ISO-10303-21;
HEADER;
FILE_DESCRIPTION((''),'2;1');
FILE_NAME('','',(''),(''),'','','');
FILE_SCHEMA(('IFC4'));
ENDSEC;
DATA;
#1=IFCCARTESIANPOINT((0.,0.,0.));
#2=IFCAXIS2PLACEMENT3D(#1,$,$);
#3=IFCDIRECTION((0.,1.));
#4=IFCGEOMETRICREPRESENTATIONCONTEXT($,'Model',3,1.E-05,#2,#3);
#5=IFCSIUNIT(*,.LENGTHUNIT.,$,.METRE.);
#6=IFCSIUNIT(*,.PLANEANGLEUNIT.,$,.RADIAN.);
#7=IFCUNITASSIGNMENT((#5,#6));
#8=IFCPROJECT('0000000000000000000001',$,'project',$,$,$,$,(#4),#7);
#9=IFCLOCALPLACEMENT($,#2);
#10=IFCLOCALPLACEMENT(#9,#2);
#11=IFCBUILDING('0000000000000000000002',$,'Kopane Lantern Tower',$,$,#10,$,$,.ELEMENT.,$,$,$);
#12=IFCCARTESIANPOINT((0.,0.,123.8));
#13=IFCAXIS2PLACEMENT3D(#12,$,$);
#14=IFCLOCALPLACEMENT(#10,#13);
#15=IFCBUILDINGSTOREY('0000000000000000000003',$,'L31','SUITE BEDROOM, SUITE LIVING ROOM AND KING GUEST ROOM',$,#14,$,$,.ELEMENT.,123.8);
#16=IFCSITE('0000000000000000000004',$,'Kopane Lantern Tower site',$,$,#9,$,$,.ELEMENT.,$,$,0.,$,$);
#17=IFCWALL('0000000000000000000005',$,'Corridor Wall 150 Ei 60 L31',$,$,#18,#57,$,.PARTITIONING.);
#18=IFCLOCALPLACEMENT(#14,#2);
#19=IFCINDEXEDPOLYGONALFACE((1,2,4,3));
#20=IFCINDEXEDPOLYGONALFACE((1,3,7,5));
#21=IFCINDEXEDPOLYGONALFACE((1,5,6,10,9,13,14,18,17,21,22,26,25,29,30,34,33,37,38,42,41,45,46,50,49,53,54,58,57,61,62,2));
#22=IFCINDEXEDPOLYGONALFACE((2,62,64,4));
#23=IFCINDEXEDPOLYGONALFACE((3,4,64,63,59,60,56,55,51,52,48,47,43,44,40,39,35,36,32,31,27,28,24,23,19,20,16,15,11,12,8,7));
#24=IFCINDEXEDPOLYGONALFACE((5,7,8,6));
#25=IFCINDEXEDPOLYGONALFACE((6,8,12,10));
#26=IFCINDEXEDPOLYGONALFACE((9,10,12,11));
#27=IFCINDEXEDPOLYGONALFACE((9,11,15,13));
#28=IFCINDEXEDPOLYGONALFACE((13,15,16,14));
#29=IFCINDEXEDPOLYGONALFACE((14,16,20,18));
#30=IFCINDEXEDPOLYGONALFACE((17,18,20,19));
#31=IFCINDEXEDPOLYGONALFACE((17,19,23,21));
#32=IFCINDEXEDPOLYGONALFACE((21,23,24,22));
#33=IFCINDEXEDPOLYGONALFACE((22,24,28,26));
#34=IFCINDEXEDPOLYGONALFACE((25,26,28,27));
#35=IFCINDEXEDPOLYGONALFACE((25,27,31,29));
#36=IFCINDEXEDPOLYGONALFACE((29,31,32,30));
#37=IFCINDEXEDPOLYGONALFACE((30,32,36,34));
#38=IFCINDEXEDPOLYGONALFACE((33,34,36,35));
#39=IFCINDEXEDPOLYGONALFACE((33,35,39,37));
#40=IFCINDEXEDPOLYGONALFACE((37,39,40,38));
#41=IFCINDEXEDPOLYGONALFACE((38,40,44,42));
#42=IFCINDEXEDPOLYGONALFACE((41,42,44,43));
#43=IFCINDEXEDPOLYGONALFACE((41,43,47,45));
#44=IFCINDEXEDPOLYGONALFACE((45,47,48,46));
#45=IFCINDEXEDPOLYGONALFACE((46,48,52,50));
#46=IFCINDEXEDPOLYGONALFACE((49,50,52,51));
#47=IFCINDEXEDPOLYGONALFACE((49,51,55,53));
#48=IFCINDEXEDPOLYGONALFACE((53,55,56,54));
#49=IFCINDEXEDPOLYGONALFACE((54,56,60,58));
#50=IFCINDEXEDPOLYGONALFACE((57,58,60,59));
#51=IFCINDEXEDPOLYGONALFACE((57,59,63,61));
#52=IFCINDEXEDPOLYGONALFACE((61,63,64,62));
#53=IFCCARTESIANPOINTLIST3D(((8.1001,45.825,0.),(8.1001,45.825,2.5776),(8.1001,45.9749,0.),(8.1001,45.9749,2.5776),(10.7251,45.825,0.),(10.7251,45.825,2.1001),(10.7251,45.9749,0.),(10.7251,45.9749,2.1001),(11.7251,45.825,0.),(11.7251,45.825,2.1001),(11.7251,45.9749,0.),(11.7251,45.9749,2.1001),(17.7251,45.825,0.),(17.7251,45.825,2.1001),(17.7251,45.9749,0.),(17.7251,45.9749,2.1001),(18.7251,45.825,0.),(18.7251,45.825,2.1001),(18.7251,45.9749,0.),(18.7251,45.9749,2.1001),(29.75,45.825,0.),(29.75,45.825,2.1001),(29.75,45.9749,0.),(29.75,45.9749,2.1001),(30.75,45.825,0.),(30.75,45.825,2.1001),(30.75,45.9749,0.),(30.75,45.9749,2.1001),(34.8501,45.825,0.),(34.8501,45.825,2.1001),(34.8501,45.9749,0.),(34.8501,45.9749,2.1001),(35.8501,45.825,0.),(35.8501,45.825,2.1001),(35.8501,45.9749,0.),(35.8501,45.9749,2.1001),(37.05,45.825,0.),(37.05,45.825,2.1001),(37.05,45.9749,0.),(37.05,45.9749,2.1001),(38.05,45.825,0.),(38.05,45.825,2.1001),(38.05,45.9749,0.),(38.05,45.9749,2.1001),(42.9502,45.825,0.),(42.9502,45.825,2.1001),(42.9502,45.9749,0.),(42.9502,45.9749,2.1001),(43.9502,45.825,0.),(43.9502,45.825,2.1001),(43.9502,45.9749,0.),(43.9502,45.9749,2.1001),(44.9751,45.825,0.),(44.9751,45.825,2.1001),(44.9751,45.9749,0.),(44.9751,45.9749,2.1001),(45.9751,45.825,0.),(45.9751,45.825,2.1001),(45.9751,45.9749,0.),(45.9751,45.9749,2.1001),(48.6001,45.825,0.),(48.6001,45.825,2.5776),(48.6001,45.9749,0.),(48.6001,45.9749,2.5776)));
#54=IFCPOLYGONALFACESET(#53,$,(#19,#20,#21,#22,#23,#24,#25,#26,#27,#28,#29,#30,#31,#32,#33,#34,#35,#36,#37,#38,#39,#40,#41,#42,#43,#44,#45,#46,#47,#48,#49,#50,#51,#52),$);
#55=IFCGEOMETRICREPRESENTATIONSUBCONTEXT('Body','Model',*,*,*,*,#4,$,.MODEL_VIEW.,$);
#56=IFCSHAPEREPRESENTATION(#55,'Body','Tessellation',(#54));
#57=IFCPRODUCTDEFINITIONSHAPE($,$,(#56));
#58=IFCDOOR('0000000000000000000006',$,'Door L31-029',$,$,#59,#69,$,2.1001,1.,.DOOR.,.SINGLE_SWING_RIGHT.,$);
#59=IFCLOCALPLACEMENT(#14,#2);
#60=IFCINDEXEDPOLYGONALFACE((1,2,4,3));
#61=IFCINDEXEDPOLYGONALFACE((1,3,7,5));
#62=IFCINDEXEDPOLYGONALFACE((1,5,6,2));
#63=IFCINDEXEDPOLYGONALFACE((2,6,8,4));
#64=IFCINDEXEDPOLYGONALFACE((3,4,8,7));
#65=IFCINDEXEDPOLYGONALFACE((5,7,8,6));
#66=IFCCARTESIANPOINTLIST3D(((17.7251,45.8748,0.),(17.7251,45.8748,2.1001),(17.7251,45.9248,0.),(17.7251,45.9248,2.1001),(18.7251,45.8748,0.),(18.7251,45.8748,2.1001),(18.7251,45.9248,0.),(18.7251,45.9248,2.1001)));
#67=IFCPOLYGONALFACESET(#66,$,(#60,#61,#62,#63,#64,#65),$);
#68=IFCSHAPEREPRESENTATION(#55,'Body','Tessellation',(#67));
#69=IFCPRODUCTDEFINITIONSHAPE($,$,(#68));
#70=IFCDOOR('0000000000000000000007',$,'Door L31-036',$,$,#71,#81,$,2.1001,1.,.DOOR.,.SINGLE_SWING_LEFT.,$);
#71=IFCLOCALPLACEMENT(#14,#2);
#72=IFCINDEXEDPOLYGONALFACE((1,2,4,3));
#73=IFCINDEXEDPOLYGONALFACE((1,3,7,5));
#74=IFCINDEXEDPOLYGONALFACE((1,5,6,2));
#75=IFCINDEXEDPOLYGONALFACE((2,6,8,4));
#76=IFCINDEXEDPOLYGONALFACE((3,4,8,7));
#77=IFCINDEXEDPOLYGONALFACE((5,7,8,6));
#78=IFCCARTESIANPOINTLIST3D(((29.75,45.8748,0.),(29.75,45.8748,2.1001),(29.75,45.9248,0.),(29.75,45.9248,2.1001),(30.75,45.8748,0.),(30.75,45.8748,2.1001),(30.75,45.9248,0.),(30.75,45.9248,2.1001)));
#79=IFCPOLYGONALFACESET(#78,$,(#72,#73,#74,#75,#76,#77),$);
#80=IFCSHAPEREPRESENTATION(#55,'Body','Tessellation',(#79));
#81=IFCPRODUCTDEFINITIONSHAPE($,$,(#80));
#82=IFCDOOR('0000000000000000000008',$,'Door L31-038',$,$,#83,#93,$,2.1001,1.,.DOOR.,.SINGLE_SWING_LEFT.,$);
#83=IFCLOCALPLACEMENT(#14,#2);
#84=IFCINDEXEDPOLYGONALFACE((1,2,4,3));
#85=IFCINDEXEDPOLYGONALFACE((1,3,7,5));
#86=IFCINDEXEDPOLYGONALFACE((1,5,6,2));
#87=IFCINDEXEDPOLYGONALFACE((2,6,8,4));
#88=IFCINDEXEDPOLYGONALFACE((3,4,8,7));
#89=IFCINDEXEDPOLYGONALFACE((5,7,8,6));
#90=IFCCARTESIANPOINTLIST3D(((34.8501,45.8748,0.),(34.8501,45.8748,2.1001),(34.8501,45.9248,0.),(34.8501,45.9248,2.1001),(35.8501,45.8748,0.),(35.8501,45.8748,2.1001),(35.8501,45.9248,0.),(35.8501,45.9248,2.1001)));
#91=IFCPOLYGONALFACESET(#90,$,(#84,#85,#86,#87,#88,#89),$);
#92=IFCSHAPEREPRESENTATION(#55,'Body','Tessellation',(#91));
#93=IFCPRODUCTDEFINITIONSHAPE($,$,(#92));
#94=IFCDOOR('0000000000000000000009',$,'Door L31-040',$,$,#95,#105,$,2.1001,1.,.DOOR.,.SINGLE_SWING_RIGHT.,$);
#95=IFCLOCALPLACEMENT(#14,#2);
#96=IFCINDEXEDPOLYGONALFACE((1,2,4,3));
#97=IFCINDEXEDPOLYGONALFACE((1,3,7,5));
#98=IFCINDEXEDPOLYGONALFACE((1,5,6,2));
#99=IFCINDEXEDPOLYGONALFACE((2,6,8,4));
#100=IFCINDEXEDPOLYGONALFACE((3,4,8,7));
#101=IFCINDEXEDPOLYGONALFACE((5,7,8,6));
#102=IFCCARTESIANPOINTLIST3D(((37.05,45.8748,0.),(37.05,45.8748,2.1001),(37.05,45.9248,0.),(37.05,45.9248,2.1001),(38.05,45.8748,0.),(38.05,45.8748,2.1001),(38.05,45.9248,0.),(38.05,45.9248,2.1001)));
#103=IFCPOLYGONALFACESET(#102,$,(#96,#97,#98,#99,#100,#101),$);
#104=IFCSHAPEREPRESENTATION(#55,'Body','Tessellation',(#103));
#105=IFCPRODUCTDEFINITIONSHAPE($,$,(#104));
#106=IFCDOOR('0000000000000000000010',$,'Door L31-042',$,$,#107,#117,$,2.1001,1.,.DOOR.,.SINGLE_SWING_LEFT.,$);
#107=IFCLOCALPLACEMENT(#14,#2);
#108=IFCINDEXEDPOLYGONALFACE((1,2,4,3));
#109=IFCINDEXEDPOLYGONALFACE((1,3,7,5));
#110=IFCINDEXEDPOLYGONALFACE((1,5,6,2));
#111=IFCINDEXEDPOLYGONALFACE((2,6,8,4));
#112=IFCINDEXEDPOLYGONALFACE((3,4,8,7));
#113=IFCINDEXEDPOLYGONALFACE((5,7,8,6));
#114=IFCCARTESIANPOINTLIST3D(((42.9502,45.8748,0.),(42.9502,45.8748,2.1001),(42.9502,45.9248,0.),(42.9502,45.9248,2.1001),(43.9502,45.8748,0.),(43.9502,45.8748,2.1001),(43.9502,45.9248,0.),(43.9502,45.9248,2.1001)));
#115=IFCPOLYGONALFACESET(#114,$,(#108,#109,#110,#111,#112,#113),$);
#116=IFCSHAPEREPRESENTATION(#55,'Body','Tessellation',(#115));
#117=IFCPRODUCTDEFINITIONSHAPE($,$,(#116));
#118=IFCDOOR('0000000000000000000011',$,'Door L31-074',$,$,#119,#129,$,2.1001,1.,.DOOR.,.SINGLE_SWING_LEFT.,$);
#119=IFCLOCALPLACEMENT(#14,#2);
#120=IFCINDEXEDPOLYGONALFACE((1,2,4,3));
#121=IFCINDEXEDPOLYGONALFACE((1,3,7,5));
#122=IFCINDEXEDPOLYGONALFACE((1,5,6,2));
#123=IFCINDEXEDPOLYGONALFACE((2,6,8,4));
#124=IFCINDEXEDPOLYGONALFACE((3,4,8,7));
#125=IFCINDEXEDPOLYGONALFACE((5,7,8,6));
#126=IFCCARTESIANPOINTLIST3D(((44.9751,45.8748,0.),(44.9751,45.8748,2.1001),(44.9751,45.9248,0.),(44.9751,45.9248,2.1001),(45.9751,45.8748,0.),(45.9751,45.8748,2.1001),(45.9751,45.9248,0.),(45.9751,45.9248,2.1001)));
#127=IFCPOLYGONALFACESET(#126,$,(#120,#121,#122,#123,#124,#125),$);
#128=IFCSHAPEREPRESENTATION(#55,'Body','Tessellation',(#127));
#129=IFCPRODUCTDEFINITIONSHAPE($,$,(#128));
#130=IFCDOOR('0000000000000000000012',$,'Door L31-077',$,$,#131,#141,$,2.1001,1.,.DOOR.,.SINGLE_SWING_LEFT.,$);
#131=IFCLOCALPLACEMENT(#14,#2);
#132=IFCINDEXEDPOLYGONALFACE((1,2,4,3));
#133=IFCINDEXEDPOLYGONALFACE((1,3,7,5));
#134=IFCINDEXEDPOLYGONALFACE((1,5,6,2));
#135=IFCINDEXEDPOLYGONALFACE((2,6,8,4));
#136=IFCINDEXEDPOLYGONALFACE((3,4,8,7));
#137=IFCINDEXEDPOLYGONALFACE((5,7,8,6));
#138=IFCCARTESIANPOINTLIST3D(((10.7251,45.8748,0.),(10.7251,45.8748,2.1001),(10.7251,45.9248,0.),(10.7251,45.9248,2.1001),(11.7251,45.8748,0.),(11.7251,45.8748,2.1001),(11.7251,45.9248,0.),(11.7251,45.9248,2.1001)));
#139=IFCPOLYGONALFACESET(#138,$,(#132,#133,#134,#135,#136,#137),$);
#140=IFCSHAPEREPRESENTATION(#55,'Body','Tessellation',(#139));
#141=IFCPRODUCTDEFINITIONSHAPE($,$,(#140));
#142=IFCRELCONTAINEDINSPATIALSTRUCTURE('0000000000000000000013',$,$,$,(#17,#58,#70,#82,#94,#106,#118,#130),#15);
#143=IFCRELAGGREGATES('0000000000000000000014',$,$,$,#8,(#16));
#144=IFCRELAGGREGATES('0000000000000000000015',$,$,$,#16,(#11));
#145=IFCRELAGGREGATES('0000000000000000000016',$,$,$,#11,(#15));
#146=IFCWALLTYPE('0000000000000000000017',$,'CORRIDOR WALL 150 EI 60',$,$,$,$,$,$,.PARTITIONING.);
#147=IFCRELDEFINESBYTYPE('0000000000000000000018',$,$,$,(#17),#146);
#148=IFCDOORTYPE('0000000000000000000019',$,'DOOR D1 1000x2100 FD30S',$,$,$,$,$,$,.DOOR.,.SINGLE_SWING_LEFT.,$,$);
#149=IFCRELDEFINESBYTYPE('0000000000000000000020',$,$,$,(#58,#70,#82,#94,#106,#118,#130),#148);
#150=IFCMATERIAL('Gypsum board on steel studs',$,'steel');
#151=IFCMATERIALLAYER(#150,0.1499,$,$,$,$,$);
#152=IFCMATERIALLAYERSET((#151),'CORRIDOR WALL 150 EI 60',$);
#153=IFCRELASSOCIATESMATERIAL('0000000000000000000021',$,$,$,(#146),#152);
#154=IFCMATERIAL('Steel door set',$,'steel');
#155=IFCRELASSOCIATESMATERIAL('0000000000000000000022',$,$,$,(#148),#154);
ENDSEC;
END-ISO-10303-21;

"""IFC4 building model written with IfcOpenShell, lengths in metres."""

from ifc_helpers import new_model, si_unit, direction, frame, frame_2d, origin, place, context, subcontext, project, spatial, rectangle, extrude, material, layer, layer_set, type_object, element, fill, save


model = new_model("IFC4")

# Units and contexts
model_context = context("Model", 3, precision=1e-05, world=origin(), true_north=direction((0.0, 1.0)))
body_context = subcontext(model_context, "Body", "Model", "MODEL_VIEW")
ifc_project = project(units=[si_unit("LENGTHUNIT", "METRE"), si_unit("PLANEANGLEUNIT", "RADIAN")], contexts=[model_context])

# Site, building, storey
site_placement = place(None, origin())
site = spatial("IfcSite", under=ifc_project, at=site_placement, Name="Kopane Lantern Tower site", CompositionType="ELEMENT", RefElevation=0.0)
building_placement = place(site_placement, origin())
building = spatial("IfcBuilding", under=site, at=building_placement, Name="Kopane Lantern Tower", CompositionType="ELEMENT")
storey_placement = place(building_placement, frame((0.0, 0.0, 123.8)))
storey = spatial("IfcBuildingStorey", under=building, at=storey_placement, Name="L31", Description="SUITE BEDROOM, SUITE LIVING ROOM AND KING GUEST ROOM", CompositionType="ELEMENT", Elevation=123.8)

# Wall, openings, doors
ifc_material_1 = material(Name="Gypsum board on steel studs", Category="steel")
ifc_layer_1 = layer(ifc_material_1, 0.1499)
ifc_layer_set_1 = layer_set([ifc_layer_1], Name="CORRIDOR WALL 150 EI 60")
wall_type_1 = type_object("IfcWallType", Name="CORRIDOR WALL 150 EI 60", PredefinedType="PARTITIONING", material=ifc_layer_set_1)
wall_1_placement = place(storey_placement, frame((8.1001, 45.8999, 0.0), z_axis=(0.0, 0.0, 1.0), x_axis=(1.0, 0.0, 0.0)))
wall_1 = element("IfcWall", 1, at=wall_1_placement, inside=storey, type_object=wall_type_1, Name="Corridor Wall 150 Ei 60 L31", PredefinedType="PARTITIONING", context=body_context, shape_type="SweptSolid", body=[
    extrude(rectangle(XDim=40.5, YDim=0.1499, at=frame_2d((20.25, 0.0))), origin(), (0.0, 0.0, 1.0), 2.5776),
])
opening_1_placement = place(wall_1_placement, frame((9.625, 0.0, 0.0)))
opening_1 = element("IfcOpeningElement", 2, at=opening_1_placement, cuts=wall_1, PredefinedType="OPENING", context=body_context, shape_type="SweptSolid", body=[
    extrude(rectangle(XDim=1.0, YDim=2.1001, at=frame_2d((0.5, 1.05))), frame((0.0, 0.085, 0.0), z_axis=(0.0, -1.0, 0.0), x_axis=(1.0, 0.0, 0.0)), (0.0, 0.0, 1.0), 0.1699),
])
opening_2_placement = place(wall_1_placement, frame((21.6499, 0.0, 0.0)))
opening_2 = element("IfcOpeningElement", 3, at=opening_2_placement, cuts=wall_1, PredefinedType="OPENING", context=body_context, shape_type="SweptSolid", body=[
    extrude(rectangle(XDim=1.0, YDim=2.1001, at=frame_2d((0.5, 1.05))), frame((0.0, 0.085, 0.0), z_axis=(0.0, -1.0, 0.0), x_axis=(1.0, 0.0, 0.0)), (0.0, 0.0, 1.0), 0.1699),
])
opening_3_placement = place(wall_1_placement, frame((26.75, 0.0, 0.0)))
opening_3 = element("IfcOpeningElement", 4, at=opening_3_placement, cuts=wall_1, PredefinedType="OPENING", context=body_context, shape_type="SweptSolid", body=[
    extrude(rectangle(XDim=1.0, YDim=2.1001, at=frame_2d((0.5, 1.05))), frame((0.0, 0.085, 0.0), z_axis=(0.0, -1.0, 0.0), x_axis=(1.0, 0.0, 0.0)), (0.0, 0.0, 1.0), 0.1699),
])
opening_4_placement = place(wall_1_placement, frame((28.95, 0.0, 0.0)))
opening_4 = element("IfcOpeningElement", 5, at=opening_4_placement, cuts=wall_1, PredefinedType="OPENING", context=body_context, shape_type="SweptSolid", body=[
    extrude(rectangle(XDim=1.0, YDim=2.1001, at=frame_2d((0.5, 1.05))), frame((0.0, 0.085, 0.0), z_axis=(0.0, -1.0, 0.0), x_axis=(1.0, 0.0, 0.0)), (0.0, 0.0, 1.0), 0.1699),
])
opening_5_placement = place(wall_1_placement, frame((34.8501, 0.0, 0.0)))
opening_5 = element("IfcOpeningElement", 6, at=opening_5_placement, cuts=wall_1, PredefinedType="OPENING", context=body_context, shape_type="SweptSolid", body=[
    extrude(rectangle(XDim=1.0, YDim=2.1001, at=frame_2d((0.5, 1.05))), frame((0.0, 0.085, 0.0), z_axis=(0.0, -1.0, 0.0), x_axis=(1.0, 0.0, 0.0)), (0.0, 0.0, 1.0), 0.1699),
])
opening_6_placement = place(wall_1_placement, frame((36.875, 0.0, 0.0)))
opening_6 = element("IfcOpeningElement", 7, at=opening_6_placement, cuts=wall_1, PredefinedType="OPENING", context=body_context, shape_type="SweptSolid", body=[
    extrude(rectangle(XDim=1.0, YDim=2.1001, at=frame_2d((0.5, 1.05))), frame((0.0, 0.085, 0.0), z_axis=(0.0, -1.0, 0.0), x_axis=(1.0, 0.0, 0.0)), (0.0, 0.0, 1.0), 0.1699),
])
opening_7_placement = place(wall_1_placement, frame((2.625, 0.0, 0.0)))
opening_7 = element("IfcOpeningElement", 8, at=opening_7_placement, cuts=wall_1, PredefinedType="OPENING", context=body_context, shape_type="SweptSolid", body=[
    extrude(rectangle(XDim=1.0, YDim=2.1001, at=frame_2d((0.5, 1.05))), frame((0.0, 0.085, 0.0), z_axis=(0.0, -1.0, 0.0), x_axis=(1.0, 0.0, 0.0)), (0.0, 0.0, 1.0), 0.1699),
])
ifc_material_2 = material(Name="Steel door set", Category="steel")
door_type_1 = type_object("IfcDoorType", Name="DOOR D1 1000x2100 FD30S", OperationType="SINGLE_SWING_LEFT", PredefinedType="DOOR", material=ifc_material_2)
door_1_placement = place(opening_1_placement, origin())
door_1 = element("IfcDoor", 9, at=door_1_placement, inside=storey, type_object=door_type_1, Name="Door L31-029", OperationType="SINGLE_SWING_RIGHT", OverallHeight=2.1001, OverallWidth=1.0, PredefinedType="DOOR", context=body_context, shape_type="SweptSolid", body=[
    extrude(rectangle(XDim=1.0, YDim=2.1001, at=frame_2d((0.5, 1.05))), frame((0.0, 0.0249, 0.0), z_axis=(0.0, -1.0, 0.0), x_axis=(1.0, 0.0, 0.0)), (0.0, 0.0, 1.0), 0.05),
])
fill(opening_1, door_1)
door_2_placement = place(opening_2_placement, origin())
door_2 = element("IfcDoor", 10, at=door_2_placement, inside=storey, type_object=door_type_1, Name="Door L31-036", OperationType="SINGLE_SWING_LEFT", OverallHeight=2.1001, OverallWidth=1.0, PredefinedType="DOOR", context=body_context, shape_type="SweptSolid", body=[
    extrude(rectangle(XDim=1.0, YDim=2.1001, at=frame_2d((0.5, 1.05))), frame((0.0, 0.0249, 0.0), z_axis=(0.0, -1.0, 0.0), x_axis=(1.0, 0.0, 0.0)), (0.0, 0.0, 1.0), 0.05),
])
fill(opening_2, door_2)
door_3_placement = place(opening_3_placement, origin())
door_3 = element("IfcDoor", 11, at=door_3_placement, inside=storey, type_object=door_type_1, Name="Door L31-038", OperationType="SINGLE_SWING_LEFT", OverallHeight=2.1001, OverallWidth=1.0, PredefinedType="DOOR", context=body_context, shape_type="SweptSolid", body=[
    extrude(rectangle(XDim=1.0, YDim=2.1001, at=frame_2d((0.5, 1.05))), frame((0.0, 0.0249, 0.0), z_axis=(0.0, -1.0, 0.0), x_axis=(1.0, 0.0, 0.0)), (0.0, 0.0, 1.0), 0.05),
])
fill(opening_3, door_3)
door_4_placement = place(opening_4_placement, origin())
door_4 = element("IfcDoor", 12, at=door_4_placement, inside=storey, type_object=door_type_1, Name="Door L31-040", OperationType="SINGLE_SWING_RIGHT", OverallHeight=2.1001, OverallWidth=1.0, PredefinedType="DOOR", context=body_context, shape_type="SweptSolid", body=[
    extrude(rectangle(XDim=1.0, YDim=2.1001, at=frame_2d((0.5, 1.05))), frame((0.0, 0.0249, 0.0), z_axis=(0.0, -1.0, 0.0), x_axis=(1.0, 0.0, 0.0)), (0.0, 0.0, 1.0), 0.05),
])
fill(opening_4, door_4)
door_5_placement = place(opening_5_placement, origin())
door_5 = element("IfcDoor", 13, at=door_5_placement, inside=storey, type_object=door_type_1, Name="Door L31-042", OperationType="SINGLE_SWING_LEFT", OverallHeight=2.1001, OverallWidth=1.0, PredefinedType="DOOR", context=body_context, shape_type="SweptSolid", body=[
    extrude(rectangle(XDim=1.0, YDim=2.1001, at=frame_2d((0.5, 1.05))), frame((0.0, 0.0249, 0.0), z_axis=(0.0, -1.0, 0.0), x_axis=(1.0, 0.0, 0.0)), (0.0, 0.0, 1.0), 0.05),
])
fill(opening_5, door_5)
door_6_placement = place(opening_6_placement, origin())
door_6 = element("IfcDoor", 14, at=door_6_placement, inside=storey, type_object=door_type_1, Name="Door L31-074", OperationType="SINGLE_SWING_LEFT", OverallHeight=2.1001, OverallWidth=1.0, PredefinedType="DOOR", context=body_context, shape_type="SweptSolid", body=[
    extrude(rectangle(XDim=1.0, YDim=2.1001, at=frame_2d((0.5, 1.05))), frame((0.0, 0.0249, 0.0), z_axis=(0.0, -1.0, 0.0), x_axis=(1.0, 0.0, 0.0)), (0.0, 0.0, 1.0), 0.05),
])
fill(opening_6, door_6)
door_7_placement = place(opening_7_placement, origin())
door_7 = element("IfcDoor", 15, at=door_7_placement, inside=storey, type_object=door_type_1, Name="Door L31-077", OperationType="SINGLE_SWING_LEFT", OverallHeight=2.1001, OverallWidth=1.0, PredefinedType="DOOR", context=body_context, shape_type="SweptSolid", body=[
    extrude(rectangle(XDim=1.0, YDim=2.1001, at=frame_2d((0.5, 1.05))), frame((0.0, 0.0249, 0.0), z_axis=(0.0, -1.0, 0.0), x_axis=(1.0, 0.0, 0.0)), (0.0, 0.0, 1.0), 0.05),
])
fill(opening_7, door_7)

save(model, "model.ifc")
